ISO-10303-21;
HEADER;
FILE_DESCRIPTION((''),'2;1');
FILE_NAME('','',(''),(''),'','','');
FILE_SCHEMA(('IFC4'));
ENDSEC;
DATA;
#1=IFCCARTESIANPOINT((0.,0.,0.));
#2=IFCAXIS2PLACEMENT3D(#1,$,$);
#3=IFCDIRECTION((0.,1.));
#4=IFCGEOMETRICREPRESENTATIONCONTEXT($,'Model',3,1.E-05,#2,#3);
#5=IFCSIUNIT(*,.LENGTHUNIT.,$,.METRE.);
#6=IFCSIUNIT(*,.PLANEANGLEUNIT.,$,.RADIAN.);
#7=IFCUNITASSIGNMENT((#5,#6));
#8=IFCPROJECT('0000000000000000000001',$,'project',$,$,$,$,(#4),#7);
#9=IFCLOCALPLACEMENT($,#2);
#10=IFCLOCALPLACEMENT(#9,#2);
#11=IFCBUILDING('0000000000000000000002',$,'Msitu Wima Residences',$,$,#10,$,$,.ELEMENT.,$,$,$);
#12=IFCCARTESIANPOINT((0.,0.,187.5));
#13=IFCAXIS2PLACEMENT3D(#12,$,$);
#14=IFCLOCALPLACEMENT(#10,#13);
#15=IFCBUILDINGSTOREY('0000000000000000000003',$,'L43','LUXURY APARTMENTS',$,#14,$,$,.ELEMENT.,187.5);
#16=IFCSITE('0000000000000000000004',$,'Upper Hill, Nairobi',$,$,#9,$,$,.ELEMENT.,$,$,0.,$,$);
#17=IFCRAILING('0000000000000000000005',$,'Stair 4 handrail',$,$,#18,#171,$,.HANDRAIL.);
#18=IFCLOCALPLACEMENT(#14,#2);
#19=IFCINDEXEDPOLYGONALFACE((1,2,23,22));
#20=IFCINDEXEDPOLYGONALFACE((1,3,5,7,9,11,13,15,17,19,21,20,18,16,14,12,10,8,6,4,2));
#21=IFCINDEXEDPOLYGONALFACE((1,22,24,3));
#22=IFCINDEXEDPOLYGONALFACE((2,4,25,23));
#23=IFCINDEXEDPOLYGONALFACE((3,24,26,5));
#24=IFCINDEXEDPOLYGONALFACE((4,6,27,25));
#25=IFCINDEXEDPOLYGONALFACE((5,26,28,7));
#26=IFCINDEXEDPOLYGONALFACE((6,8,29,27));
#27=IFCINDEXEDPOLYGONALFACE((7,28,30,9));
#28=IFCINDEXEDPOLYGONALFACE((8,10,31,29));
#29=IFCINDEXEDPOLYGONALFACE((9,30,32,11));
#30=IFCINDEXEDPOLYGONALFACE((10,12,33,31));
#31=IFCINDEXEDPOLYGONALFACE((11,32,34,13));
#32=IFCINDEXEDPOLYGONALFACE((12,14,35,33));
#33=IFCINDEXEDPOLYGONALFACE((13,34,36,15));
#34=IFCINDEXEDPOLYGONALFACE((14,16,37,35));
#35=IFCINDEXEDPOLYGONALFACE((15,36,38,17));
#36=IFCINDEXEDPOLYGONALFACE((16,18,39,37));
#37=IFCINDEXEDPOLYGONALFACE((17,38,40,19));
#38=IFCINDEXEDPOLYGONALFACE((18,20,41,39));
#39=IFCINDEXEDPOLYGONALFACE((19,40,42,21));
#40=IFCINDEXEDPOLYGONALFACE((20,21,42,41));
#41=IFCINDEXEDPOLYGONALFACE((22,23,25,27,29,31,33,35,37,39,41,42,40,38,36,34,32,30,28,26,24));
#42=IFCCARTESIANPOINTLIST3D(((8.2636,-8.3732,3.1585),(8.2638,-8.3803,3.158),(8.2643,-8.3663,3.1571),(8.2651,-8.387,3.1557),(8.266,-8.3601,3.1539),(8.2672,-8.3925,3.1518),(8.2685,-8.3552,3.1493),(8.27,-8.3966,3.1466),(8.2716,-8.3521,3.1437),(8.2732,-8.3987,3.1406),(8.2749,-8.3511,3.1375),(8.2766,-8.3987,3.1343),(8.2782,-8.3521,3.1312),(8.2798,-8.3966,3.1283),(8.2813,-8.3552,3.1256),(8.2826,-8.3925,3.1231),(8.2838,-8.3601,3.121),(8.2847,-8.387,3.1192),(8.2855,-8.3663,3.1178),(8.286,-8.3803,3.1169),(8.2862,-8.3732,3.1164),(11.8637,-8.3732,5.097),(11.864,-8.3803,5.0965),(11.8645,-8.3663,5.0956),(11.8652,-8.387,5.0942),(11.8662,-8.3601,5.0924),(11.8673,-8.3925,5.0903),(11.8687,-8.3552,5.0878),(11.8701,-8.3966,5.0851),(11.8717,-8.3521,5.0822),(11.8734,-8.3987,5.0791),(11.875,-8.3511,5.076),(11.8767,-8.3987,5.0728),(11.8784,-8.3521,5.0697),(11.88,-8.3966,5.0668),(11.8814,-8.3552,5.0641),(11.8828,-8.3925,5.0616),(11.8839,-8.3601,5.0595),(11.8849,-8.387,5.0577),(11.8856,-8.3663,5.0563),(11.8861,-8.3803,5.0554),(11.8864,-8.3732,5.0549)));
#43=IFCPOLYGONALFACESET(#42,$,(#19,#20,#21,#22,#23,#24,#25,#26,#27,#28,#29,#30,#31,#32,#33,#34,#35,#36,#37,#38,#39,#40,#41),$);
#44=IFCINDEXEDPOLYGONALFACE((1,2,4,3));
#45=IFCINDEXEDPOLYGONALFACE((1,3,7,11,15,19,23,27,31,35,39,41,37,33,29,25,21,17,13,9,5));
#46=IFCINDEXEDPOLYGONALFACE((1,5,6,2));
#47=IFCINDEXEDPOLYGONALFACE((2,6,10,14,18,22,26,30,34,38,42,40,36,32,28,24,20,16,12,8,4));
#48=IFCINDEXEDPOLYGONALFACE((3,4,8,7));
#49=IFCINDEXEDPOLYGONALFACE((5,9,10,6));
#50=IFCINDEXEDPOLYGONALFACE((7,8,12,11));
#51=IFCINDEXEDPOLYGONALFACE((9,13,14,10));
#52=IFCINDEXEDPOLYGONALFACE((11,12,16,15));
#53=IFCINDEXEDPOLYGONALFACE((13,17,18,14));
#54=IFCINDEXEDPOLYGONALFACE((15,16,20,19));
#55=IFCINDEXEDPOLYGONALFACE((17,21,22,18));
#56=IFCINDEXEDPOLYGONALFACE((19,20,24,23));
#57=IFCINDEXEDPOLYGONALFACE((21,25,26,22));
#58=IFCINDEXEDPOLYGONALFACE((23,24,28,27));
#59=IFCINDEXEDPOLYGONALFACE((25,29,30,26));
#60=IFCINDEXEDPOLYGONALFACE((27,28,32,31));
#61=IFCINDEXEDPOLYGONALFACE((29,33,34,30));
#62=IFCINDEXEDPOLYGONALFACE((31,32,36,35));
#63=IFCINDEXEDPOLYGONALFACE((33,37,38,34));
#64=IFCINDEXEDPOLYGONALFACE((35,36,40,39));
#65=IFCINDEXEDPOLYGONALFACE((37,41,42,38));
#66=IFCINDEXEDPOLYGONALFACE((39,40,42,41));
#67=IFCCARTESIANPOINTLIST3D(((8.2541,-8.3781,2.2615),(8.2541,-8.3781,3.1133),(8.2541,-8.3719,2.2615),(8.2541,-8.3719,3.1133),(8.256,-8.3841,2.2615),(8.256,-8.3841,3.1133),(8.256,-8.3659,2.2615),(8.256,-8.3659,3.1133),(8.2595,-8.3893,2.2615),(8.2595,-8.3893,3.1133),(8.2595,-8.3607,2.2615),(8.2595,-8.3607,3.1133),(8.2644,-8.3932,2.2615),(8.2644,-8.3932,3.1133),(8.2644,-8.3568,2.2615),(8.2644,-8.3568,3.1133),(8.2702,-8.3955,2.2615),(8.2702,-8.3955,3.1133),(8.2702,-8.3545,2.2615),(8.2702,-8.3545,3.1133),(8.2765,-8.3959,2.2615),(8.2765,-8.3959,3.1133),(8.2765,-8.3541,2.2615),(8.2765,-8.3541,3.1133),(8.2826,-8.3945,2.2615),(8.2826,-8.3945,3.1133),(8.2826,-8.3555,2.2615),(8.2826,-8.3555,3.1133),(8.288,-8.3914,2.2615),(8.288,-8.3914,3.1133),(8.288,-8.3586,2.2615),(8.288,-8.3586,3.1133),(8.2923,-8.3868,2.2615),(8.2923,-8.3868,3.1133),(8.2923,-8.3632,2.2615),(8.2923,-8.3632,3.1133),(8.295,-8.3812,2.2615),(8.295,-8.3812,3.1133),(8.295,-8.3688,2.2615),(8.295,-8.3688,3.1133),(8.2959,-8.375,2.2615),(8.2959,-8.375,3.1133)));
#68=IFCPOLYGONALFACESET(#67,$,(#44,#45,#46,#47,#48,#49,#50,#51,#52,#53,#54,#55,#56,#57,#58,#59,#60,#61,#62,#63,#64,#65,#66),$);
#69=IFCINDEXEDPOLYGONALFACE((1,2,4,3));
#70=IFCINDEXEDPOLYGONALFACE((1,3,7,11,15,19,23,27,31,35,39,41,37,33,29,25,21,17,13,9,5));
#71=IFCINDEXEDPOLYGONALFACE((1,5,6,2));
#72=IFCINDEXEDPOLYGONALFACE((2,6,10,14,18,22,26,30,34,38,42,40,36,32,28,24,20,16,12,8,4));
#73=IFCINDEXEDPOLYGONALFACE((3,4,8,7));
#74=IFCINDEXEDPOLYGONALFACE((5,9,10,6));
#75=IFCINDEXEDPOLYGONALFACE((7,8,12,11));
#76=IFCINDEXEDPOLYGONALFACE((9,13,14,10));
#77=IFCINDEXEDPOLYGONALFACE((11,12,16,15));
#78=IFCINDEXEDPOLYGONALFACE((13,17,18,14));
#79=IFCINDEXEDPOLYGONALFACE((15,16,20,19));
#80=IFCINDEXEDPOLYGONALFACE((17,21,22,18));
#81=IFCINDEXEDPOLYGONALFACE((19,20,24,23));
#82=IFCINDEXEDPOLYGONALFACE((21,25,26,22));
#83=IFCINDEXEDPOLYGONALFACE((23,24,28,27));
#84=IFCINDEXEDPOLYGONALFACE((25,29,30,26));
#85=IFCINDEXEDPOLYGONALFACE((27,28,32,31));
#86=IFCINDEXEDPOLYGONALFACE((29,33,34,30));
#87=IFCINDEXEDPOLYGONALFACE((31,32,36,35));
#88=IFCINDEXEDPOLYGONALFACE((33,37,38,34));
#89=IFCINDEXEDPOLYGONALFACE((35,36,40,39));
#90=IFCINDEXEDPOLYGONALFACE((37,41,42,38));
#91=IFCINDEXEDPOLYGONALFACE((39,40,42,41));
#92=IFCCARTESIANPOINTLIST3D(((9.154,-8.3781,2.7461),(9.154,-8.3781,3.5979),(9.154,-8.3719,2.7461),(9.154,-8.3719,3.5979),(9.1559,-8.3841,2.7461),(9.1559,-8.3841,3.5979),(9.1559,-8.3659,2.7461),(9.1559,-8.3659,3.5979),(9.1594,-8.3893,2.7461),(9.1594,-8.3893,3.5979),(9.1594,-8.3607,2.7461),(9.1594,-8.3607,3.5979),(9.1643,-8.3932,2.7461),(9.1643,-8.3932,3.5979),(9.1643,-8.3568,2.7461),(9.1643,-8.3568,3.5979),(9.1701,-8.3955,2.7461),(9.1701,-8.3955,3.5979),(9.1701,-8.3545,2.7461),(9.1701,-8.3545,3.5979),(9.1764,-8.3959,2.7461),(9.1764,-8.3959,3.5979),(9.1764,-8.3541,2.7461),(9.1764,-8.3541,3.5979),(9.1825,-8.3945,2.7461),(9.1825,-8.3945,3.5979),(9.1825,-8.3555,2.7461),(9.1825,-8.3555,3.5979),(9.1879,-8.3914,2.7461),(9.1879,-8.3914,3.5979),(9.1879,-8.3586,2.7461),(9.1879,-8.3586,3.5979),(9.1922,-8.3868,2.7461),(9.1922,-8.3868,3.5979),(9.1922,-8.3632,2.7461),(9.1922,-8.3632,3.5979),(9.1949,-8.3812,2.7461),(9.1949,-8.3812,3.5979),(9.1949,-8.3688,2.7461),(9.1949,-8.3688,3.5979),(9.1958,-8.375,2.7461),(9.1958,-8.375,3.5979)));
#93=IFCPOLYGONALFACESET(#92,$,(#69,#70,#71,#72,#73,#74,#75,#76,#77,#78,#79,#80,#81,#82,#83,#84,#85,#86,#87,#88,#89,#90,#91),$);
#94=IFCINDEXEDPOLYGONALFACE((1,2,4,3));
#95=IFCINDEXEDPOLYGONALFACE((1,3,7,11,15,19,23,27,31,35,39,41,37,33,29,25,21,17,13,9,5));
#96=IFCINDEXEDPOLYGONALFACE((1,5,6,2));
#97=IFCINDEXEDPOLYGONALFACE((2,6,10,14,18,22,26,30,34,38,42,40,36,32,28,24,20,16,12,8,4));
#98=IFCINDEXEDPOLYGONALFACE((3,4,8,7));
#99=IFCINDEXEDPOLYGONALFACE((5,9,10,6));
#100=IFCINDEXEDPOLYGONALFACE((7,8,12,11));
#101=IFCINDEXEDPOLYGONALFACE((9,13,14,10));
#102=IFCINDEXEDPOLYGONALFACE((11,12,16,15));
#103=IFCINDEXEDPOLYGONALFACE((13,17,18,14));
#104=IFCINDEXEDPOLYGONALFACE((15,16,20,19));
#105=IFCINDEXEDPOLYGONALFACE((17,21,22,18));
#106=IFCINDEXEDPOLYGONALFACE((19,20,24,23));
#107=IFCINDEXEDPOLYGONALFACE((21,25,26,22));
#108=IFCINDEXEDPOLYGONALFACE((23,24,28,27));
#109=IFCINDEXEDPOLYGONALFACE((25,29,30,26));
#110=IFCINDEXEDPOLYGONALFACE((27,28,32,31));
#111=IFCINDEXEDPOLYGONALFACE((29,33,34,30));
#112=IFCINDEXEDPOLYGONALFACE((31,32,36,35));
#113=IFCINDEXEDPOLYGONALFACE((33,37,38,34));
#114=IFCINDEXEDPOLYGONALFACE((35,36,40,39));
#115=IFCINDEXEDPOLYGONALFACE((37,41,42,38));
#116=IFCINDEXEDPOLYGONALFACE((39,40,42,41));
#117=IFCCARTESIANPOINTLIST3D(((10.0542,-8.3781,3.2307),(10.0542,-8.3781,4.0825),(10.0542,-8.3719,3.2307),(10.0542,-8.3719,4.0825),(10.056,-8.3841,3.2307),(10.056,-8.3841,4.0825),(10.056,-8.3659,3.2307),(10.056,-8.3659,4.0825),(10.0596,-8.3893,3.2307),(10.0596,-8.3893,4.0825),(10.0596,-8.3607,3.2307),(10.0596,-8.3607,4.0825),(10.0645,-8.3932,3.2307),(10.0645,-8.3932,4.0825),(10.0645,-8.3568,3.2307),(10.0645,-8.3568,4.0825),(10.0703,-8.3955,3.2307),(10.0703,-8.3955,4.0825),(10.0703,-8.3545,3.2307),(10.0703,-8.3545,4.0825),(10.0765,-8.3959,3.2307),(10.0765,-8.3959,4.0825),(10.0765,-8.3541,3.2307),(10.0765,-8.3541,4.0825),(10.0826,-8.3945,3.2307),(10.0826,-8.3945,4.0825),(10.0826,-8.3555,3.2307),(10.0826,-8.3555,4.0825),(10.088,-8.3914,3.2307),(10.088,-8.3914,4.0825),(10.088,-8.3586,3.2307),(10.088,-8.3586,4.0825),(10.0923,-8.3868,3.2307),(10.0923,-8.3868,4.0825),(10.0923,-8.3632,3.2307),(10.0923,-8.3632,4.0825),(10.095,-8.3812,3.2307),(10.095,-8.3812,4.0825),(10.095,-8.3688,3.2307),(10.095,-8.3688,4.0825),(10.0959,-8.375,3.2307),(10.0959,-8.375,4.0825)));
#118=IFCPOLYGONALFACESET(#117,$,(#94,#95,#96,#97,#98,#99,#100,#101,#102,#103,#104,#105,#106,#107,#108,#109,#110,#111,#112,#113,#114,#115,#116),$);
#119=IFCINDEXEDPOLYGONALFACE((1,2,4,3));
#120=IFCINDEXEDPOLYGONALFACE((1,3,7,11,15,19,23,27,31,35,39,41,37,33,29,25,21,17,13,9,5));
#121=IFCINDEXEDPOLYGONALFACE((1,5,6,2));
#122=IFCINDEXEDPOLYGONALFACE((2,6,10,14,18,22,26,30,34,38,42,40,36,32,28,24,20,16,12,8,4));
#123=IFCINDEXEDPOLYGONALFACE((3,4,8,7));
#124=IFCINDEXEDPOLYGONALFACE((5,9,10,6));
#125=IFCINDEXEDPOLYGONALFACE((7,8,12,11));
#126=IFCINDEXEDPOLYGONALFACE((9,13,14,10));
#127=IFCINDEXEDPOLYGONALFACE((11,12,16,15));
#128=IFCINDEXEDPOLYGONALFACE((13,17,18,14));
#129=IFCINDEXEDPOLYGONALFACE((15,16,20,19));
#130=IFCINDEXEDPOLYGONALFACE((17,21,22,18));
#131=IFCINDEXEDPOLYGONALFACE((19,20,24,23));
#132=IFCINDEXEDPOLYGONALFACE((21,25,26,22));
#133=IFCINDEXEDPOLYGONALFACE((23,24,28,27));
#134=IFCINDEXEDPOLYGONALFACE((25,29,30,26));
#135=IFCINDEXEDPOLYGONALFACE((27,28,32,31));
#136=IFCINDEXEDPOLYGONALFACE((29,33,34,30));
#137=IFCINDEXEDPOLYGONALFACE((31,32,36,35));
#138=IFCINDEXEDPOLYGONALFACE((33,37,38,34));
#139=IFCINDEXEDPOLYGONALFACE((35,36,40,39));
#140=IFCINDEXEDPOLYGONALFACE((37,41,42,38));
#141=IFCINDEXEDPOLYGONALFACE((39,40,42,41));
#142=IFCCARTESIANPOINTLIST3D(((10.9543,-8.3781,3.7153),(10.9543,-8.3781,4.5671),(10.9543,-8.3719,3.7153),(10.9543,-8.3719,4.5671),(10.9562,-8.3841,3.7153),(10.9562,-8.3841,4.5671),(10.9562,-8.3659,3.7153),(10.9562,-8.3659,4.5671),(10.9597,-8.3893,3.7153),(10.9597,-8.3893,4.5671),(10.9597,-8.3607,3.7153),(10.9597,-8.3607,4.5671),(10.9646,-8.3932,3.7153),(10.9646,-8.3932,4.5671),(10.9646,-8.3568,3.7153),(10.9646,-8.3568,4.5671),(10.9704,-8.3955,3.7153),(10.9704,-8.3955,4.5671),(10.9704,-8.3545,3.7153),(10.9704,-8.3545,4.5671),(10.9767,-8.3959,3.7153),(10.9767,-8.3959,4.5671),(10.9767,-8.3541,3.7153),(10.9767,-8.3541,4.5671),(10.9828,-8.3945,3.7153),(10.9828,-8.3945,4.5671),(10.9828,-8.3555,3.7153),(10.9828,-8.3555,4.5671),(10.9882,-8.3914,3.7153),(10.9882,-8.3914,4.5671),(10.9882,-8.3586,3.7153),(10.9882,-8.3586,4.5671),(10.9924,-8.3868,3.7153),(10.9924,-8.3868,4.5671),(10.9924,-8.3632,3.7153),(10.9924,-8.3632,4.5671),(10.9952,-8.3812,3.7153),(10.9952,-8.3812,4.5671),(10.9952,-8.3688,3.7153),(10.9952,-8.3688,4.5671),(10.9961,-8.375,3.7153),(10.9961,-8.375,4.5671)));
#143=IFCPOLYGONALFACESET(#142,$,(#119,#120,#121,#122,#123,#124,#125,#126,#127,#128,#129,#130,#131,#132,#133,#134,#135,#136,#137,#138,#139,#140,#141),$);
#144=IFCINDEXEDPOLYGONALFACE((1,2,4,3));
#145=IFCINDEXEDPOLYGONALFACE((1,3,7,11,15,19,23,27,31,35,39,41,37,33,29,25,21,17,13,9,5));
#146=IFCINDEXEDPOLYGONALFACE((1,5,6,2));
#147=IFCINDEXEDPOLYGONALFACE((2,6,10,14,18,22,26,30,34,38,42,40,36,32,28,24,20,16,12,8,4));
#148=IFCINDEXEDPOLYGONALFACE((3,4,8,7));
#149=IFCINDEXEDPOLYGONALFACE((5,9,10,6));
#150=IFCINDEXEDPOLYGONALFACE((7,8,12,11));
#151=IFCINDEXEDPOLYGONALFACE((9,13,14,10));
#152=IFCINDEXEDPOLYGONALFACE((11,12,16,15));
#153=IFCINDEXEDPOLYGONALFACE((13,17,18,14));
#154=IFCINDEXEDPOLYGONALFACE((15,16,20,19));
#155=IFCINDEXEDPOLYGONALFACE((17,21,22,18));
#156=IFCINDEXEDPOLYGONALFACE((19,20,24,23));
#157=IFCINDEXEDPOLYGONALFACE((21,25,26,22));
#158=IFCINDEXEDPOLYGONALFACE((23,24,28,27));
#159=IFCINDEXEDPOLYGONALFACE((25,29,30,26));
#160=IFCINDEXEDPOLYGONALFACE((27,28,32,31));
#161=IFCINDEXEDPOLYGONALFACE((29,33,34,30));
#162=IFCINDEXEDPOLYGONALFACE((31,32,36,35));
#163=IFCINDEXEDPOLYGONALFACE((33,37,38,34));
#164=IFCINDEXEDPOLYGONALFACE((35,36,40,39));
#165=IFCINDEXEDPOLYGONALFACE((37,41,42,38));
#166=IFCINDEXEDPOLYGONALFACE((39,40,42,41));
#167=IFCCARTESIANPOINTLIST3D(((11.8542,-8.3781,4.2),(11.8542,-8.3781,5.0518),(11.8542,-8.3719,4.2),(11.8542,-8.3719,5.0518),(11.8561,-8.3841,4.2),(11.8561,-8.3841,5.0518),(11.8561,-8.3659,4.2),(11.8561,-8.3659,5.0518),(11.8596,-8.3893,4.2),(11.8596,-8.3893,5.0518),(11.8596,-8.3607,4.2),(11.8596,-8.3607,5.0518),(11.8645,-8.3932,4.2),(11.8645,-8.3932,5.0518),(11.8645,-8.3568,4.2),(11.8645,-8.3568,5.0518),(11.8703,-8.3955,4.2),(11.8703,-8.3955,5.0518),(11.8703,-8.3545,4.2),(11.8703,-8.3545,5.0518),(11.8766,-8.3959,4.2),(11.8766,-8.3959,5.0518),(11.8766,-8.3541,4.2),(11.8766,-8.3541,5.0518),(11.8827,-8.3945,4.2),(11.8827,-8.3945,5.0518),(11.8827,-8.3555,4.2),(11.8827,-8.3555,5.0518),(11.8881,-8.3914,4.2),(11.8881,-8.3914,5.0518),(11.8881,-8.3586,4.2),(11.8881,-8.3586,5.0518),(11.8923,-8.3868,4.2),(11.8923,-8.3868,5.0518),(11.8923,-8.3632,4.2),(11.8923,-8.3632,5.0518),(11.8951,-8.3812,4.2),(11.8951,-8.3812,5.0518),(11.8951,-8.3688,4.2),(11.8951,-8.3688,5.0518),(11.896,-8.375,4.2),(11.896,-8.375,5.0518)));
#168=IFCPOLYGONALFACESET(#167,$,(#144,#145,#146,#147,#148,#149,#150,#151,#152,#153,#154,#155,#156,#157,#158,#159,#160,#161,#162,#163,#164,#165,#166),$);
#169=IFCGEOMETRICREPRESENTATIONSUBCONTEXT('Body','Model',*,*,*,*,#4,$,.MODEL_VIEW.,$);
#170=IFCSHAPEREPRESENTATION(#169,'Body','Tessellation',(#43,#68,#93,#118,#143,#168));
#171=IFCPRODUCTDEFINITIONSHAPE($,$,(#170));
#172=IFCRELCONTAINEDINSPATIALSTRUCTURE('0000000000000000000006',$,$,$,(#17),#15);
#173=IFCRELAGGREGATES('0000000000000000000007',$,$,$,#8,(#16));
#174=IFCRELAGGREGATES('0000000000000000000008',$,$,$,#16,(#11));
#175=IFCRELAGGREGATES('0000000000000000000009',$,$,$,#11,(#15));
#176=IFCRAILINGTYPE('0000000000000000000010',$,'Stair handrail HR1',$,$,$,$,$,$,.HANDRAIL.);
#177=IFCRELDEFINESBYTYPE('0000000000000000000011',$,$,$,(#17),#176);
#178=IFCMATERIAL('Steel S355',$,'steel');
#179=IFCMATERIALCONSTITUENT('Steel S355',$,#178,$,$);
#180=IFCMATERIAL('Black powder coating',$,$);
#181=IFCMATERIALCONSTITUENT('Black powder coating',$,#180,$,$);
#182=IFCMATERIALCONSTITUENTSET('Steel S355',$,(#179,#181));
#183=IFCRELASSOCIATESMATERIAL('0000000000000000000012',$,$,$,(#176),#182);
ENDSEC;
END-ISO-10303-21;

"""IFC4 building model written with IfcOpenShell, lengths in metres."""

from ifc_helpers import new_model, si_unit, direction, frame, origin, origin_2d, place, context, subcontext, project, spatial, circle, extrude, material, constituent, constituent_set, type_object, element, save


model = new_model("IFC4")

# Units and contexts
model_context = context("Model", 3, precision=1e-05, world=origin(), true_north=direction((0.0, 1.0)))
body_context = subcontext(model_context, "Body", "Model", "MODEL_VIEW")
ifc_project = project(units=[si_unit("LENGTHUNIT", "METRE"), si_unit("PLANEANGLEUNIT", "RADIAN")], contexts=[model_context])

# Site, building, storey
site_placement = place(None, origin())
site = spatial("IfcSite", under=ifc_project, at=site_placement, Name="Upper Hill, Nairobi", CompositionType="ELEMENT", RefElevation=0.0)
building_placement = place(site_placement, origin())
building = spatial("IfcBuilding", under=site, at=building_placement, Name="Msitu Wima Residences", CompositionType="ELEMENT")
storey_placement = place(building_placement, frame((0.0, 0.0, 187.5)))
storey = spatial("IfcBuildingStorey", under=building, at=storey_placement, Name="L43", Description="LUXURY APARTMENTS", CompositionType="ELEMENT", Elevation=187.5)

# Railing
ifc_material_1 = material(Name="Steel S355", Category="steel")
ifc_constituent_1 = constituent(ifc_material_1, Name="Steel S355")
ifc_material_2 = material(Name="Black powder coating")
ifc_constituent_2 = constituent(ifc_material_2, Name="Black powder coating")
ifc_constituent_set = constituent_set(constituents=[ifc_constituent_1, ifc_constituent_2], Name="Steel S355")
railing_type = type_object("IfcRailingType", Name="Stair handrail HR1", PredefinedType="HANDRAIL", material=ifc_constituent_set)
for number, where, name in (
    (1, (8.2749, -8.375, 2.2615), "Stair 4 handrail"),
):
    element("IfcRailing", number, at=place(storey_placement, frame(where)), inside=storey, type_object=railing_type, Name=name, PredefinedType="HANDRAIL", context=body_context, shape_type="SweptSolid", body=[
        extrude(circle(Radius=0.0239, at=origin_2d()), frame((0.0, 0.0, 0.876), z_axis=(0.880475, 0.0, 0.474093), x_axis=(0.0, 1.0, 0.0)), (0.0, 0.0, 1.0), 4.0889),
        extrude(circle(Radius=0.021, at=origin_2d()), origin(), (0.0, 0.0, 1.0), 0.8518),
        extrude(circle(Radius=0.021, at=origin_2d()), frame((0.8999, 0.0, 0.4846)), (0.0, 0.0, 1.0), 0.8518),
        extrude(circle(Radius=0.021, at=origin_2d()), frame((1.8, 0.0, 0.9692)), (0.0, 0.0, 1.0), 0.8518),
        extrude(circle(Radius=0.021, at=origin_2d()), frame((2.7002, 0.0, 1.4539)), (0.0, 0.0, 1.0), 0.8518),
        extrude(circle(Radius=0.021, at=origin_2d()), frame((3.6001, 0.0, 1.9385)), (0.0, 0.0, 1.0), 0.8518),
    ])

save(model, "model.ifc")
